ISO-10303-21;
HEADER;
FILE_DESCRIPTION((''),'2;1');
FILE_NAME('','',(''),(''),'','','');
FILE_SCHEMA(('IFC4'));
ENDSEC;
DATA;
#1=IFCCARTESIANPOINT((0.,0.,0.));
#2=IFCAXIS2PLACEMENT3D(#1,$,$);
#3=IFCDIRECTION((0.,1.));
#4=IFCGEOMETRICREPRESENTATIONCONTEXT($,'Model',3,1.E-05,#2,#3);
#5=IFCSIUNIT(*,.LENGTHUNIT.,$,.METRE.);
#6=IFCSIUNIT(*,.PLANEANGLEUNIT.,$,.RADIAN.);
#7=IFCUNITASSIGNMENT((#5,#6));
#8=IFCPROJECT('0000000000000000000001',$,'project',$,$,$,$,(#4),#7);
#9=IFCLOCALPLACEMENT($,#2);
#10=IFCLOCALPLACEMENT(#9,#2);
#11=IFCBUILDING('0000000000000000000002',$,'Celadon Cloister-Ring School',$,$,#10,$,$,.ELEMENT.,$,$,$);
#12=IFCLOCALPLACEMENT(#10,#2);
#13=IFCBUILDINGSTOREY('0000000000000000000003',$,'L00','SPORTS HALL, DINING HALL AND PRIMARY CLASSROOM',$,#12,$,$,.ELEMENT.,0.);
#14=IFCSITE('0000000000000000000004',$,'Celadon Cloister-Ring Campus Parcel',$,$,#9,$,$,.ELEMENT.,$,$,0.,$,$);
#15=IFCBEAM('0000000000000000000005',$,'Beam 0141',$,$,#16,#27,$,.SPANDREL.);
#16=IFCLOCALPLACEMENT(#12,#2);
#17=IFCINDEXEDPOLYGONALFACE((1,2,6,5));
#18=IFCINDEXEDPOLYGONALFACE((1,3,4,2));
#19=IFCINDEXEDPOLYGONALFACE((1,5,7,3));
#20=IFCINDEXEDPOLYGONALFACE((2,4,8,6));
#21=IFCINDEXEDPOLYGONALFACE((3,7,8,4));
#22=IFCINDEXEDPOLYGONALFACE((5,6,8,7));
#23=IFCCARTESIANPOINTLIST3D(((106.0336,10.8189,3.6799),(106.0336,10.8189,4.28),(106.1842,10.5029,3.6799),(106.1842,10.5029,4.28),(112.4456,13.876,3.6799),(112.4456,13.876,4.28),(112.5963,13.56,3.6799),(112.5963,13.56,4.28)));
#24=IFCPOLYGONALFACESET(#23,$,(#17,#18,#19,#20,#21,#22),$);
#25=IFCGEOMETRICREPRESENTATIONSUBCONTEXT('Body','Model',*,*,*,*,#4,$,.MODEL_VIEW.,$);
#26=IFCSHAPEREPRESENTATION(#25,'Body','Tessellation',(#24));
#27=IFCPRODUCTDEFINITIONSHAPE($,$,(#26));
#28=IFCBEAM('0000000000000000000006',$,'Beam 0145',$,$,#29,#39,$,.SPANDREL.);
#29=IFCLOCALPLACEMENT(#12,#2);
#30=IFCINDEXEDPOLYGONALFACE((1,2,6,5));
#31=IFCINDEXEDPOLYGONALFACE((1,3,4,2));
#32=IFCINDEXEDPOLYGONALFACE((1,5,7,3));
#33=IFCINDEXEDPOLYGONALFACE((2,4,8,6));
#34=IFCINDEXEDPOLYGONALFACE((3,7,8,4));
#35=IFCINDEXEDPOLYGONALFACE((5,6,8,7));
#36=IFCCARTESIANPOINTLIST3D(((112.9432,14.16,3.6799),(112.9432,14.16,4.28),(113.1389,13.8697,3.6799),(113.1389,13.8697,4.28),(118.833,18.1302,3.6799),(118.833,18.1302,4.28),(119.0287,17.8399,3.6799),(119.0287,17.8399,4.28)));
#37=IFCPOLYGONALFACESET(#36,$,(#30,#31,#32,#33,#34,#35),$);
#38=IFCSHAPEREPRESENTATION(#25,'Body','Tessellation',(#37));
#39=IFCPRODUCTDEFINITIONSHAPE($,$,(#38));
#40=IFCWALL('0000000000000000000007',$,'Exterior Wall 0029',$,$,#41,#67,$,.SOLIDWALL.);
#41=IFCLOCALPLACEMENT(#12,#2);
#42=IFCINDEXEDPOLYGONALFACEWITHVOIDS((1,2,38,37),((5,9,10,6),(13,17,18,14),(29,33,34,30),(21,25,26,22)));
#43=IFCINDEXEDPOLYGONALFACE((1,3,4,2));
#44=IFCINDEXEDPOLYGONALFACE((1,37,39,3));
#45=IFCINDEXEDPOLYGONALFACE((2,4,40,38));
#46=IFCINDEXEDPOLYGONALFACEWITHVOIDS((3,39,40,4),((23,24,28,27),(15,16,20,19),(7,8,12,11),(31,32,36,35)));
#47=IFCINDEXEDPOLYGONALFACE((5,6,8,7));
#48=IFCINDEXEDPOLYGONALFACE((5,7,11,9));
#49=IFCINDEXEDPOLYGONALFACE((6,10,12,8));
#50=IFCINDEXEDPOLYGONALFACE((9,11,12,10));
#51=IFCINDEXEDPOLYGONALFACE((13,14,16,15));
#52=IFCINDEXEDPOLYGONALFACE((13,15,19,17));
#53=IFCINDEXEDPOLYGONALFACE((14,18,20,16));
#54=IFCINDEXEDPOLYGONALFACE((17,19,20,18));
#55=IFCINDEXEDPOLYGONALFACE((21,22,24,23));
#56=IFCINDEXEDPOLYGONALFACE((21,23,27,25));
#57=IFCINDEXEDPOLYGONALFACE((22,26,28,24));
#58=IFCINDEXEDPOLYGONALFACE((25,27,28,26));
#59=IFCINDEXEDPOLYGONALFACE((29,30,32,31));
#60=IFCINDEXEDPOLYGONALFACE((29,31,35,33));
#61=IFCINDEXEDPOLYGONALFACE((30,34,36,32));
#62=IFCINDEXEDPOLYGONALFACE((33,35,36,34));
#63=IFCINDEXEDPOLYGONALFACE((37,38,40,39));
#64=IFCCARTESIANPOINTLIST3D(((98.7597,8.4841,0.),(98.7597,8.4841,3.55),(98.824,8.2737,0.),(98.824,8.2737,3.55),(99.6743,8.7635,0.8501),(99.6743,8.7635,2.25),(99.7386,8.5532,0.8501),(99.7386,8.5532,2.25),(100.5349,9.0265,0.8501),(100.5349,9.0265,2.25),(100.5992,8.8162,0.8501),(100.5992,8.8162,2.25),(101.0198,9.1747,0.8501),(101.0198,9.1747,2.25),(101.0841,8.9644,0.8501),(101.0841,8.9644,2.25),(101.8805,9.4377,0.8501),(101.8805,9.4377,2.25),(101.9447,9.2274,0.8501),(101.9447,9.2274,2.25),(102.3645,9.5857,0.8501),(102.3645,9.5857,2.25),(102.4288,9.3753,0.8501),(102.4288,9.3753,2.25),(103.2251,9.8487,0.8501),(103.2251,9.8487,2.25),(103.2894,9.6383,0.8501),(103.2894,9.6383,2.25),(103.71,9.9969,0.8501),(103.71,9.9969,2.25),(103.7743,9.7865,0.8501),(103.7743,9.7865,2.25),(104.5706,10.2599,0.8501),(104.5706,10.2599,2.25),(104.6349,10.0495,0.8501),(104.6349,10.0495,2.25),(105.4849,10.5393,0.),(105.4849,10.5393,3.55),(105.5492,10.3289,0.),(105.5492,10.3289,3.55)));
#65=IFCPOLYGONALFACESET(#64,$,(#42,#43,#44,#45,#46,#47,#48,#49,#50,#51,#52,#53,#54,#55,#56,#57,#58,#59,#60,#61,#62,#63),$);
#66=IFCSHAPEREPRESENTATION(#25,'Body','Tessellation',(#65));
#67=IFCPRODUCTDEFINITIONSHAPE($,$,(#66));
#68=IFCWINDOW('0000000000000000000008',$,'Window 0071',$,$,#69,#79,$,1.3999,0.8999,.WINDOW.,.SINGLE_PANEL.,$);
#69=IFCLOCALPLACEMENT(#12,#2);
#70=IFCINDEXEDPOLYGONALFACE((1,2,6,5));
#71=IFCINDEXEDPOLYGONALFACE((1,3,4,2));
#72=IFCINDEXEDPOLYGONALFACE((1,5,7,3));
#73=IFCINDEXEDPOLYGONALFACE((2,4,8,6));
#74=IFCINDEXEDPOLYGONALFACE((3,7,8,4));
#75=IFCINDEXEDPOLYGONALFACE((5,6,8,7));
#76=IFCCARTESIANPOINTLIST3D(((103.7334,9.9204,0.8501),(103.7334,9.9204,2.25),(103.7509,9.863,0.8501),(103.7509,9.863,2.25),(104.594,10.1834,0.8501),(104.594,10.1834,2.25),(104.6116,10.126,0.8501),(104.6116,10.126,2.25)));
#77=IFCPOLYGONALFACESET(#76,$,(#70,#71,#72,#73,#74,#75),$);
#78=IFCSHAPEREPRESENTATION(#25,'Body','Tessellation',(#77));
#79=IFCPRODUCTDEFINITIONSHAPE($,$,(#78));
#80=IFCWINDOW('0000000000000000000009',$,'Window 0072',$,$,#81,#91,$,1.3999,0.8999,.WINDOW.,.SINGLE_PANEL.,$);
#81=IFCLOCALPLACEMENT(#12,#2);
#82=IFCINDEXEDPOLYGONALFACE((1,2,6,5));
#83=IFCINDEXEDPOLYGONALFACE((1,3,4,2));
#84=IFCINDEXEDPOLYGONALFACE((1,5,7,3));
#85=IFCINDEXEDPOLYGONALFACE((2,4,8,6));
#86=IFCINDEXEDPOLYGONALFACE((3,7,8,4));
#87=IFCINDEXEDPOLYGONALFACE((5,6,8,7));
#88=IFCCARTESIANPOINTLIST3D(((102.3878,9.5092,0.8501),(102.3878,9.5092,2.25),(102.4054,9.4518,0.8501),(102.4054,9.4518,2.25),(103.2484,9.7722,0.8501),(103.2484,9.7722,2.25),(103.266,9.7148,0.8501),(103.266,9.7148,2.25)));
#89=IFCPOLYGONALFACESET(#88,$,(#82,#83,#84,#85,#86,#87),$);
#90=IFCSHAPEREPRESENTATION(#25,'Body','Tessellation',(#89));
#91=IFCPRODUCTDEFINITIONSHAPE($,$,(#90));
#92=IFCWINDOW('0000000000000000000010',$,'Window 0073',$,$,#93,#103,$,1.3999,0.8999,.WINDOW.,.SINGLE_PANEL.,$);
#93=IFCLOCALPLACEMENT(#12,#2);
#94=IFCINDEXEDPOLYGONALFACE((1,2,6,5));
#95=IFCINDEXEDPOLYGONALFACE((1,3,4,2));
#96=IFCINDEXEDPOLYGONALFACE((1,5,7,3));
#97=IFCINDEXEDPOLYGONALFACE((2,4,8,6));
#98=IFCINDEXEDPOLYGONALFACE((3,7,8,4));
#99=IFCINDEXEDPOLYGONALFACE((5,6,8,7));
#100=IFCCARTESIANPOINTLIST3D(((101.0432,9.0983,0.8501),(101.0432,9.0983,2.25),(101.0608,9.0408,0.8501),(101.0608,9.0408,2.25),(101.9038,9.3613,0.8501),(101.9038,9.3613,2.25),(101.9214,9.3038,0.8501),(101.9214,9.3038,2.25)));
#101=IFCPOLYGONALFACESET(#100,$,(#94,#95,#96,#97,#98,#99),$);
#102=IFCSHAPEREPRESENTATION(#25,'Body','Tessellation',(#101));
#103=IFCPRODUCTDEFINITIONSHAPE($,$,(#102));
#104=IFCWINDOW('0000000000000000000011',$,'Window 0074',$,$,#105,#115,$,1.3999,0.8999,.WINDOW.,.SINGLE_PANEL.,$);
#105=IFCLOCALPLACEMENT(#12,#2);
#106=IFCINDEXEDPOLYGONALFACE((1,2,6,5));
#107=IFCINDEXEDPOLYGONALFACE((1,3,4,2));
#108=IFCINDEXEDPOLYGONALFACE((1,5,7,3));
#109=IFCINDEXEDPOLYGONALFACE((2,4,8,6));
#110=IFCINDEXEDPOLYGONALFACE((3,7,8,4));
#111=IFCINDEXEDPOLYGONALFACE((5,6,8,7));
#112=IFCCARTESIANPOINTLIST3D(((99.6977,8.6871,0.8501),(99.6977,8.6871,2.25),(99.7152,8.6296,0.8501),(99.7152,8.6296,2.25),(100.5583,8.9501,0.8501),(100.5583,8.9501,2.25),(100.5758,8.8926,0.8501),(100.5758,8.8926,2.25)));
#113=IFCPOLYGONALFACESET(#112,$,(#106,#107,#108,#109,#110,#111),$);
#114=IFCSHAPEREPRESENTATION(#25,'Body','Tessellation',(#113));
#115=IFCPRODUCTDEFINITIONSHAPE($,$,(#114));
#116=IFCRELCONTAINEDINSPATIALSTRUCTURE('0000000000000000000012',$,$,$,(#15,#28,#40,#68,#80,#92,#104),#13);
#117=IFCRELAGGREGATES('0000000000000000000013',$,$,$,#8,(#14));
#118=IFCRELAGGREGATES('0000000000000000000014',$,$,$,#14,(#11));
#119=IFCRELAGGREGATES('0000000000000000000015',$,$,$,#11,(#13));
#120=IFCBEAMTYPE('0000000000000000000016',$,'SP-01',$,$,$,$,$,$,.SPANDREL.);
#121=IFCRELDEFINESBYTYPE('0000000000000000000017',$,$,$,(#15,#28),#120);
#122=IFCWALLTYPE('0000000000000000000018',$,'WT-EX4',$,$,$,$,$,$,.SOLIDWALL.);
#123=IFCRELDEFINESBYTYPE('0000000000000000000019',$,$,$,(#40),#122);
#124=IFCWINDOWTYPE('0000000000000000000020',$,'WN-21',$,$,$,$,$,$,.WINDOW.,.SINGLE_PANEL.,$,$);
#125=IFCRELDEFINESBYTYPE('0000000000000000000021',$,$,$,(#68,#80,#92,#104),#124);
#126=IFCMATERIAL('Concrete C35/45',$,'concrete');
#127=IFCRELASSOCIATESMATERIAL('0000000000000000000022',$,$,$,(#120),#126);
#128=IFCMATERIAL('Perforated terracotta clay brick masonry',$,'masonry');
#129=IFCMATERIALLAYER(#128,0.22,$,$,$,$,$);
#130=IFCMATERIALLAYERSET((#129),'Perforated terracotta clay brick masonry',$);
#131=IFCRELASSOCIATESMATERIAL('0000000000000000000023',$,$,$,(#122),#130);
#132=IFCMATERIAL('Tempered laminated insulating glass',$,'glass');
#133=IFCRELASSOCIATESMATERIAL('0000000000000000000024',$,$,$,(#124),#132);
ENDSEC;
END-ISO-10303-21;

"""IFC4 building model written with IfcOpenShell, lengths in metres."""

from ifc_helpers import new_model, si_unit, direction, frame, frame_2d, origin, origin_2d, place, context, subcontext, project, spatial, rectangle, extrude, material, layer, layer_set, material_profile, profile_set, type_object, element, fill, save


model = new_model("IFC4")

# Units and contexts
model_context = context("Model", 3, precision=1e-05, world=origin(), true_north=direction((0.0, 1.0)))
body_context = subcontext(model_context, "Body", "Model", "MODEL_VIEW")
ifc_project = project(units=[si_unit("LENGTHUNIT", "METRE"), si_unit("PLANEANGLEUNIT", "RADIAN")], contexts=[model_context])

# Site, building, storey
site_placement = place(None, origin())
site = spatial("IfcSite", under=ifc_project, at=site_placement, Name="Celadon Cloister-Ring Campus Parcel", CompositionType="ELEMENT", RefElevation=0.0)
building_placement = place(site_placement, origin())
building = spatial("IfcBuilding", under=site, at=building_placement, Name="Celadon Cloister-Ring School", CompositionType="ELEMENT")
storey_placement = place(building_placement, origin())
storey = spatial("IfcBuildingStorey", under=building, at=storey_placement, Name="L00", Description="SPORTS HALL, DINING HALL AND PRIMARY CLASSROOM", CompositionType="ELEMENT", Elevation=0.0)

# Beams
ifc_material_1 = material(Name="Concrete C35/45", Category="concrete")
ifc_material_profile_1 = material_profile(ifc_material_1, rectangle(XDim=0.3501, YDim=0.6001, at=origin_2d()), Name="RC350X600")
ifc_profile_set_1 = profile_set([ifc_material_profile_1], Name="Concrete C35/45")
beam_type_1 = type_object("IfcBeamType", Name="SP-01", PredefinedType="SPANDREL", material=ifc_profile_set_1)
beam_1_placement = place(storey_placement, frame((106.1089, 10.6609, 3.98), z_axis=(0.902656, 0.430363, 0.0), x_axis=(-0.430363, 0.902656, 0.0)))
element("IfcBeam", 1, at=beam_1_placement, inside=storey, type_object=beam_type_1, Name="Beam 0141", PredefinedType="SPANDREL", context=body_context, shape_type="SweptSolid", body=[
    extrude(rectangle(XDim=0.3501, YDim=0.6001, at=origin_2d()), origin(), (0.0, 0.0, 1.0), 7.1035),
])
beam_2_placement = place(storey_placement, frame((113.041, 14.0149, 3.98), z_axis=(0.829205, 0.558944, 0.0), x_axis=(-0.558944, 0.829205, 0.0)))
element("IfcBeam", 2, at=beam_2_placement, inside=storey, type_object=beam_type_1, Name="Beam 0145", PredefinedType="SPANDREL", context=body_context, shape_type="SweptSolid", body=[
    extrude(rectangle(XDim=0.3501, YDim=0.6001, at=origin_2d()), origin(), (0.0, 0.0, 1.0), 7.103),
])

# Wall, openings, windows
ifc_material_2 = material(Name="Perforated terracotta clay brick masonry", Category="masonry")
ifc_layer_1 = layer(ifc_material_2, 0.22)
ifc_layer_set_1 = layer_set([ifc_layer_1], Name="Perforated terracotta clay brick masonry")
wall_type = type_object("IfcWallType", Name="WT-EX4", PredefinedType="SOLIDWALL", material=ifc_layer_set_1)
wall_1_placement = place(storey_placement, frame((105.5171, 10.4341, 0.0), z_axis=(0.0, 0.0, 1.0), x_axis=(-0.95634, -0.292256, 0.0)))
wall_1 = element("IfcWall", 3, at=wall_1_placement, inside=storey, type_object=wall_type, Name="Exterior Wall 0029", PredefinedType="SOLIDWALL", context=body_context, shape_type="SweptSolid", body=[
    extrude(rectangle(XDim=7.0322, YDim=0.22, at=frame_2d((3.5161, 0.0))), origin(), (0.0, 0.0, 1.0), 3.55),
])
opening_1_placement = place(wall_1_placement, frame((0.9561, 0.0, 0.8501)))
opening_1 = element("IfcOpeningElement", 4, at=opening_1_placement, cuts=wall_1, PredefinedType="OPENING", context=body_context, shape_type="SweptSolid", body=[
    extrude(rectangle(XDim=0.8999, YDim=1.3999, at=frame_2d((0.45, 0.7))), frame((0.0, 0.1201, 0.0), z_axis=(0.0, -1.0, 0.0), x_axis=(1.0, 0.0, 0.0)), (0.0, 0.0, 1.0), 0.24),
])
opening_2_placement = place(wall_1_placement, frame((2.363, 0.0, 0.8501)))
opening_2 = element("IfcOpeningElement", 5, at=opening_2_placement, cuts=wall_1, PredefinedType="OPENING", context=body_context, shape_type="SweptSolid", body=[
    extrude(rectangle(XDim=0.8999, YDim=1.3999, at=frame_2d((0.45, 0.7))), frame((0.0, 0.1201, 0.0), z_axis=(0.0, -1.0, 0.0), x_axis=(1.0, 0.0, 0.0)), (0.0, 0.0, 1.0), 0.24),
])
opening_3_placement = place(wall_1_placement, frame((3.769, 0.0, 0.8501)))
opening_3 = element("IfcOpeningElement", 6, at=opening_3_placement, cuts=wall_1, PredefinedType="OPENING", context=body_context, shape_type="SweptSolid", body=[
    extrude(rectangle(XDim=0.8999, YDim=1.3999, at=frame_2d((0.45, 0.7))), frame((0.0, 0.1201, 0.0), z_axis=(0.0, -1.0, 0.0), x_axis=(1.0, 0.0, 0.0)), (0.0, 0.0, 1.0), 0.24),
])
opening_4_placement = place(wall_1_placement, frame((5.176, 0.0, 0.8501)))
opening_4 = element("IfcOpeningElement", 7, at=opening_4_placement, cuts=wall_1, PredefinedType="OPENING", context=body_context, shape_type="SweptSolid", body=[
    extrude(rectangle(XDim=0.8999, YDim=1.3999, at=frame_2d((0.45, 0.7))), frame((0.0, 0.1201, 0.0), z_axis=(0.0, -1.0, 0.0), x_axis=(1.0, 0.0, 0.0)), (0.0, 0.0, 1.0), 0.24),
])
ifc_material_3 = material(Name="Tempered laminated insulating glass", Category="glass")
window_type = type_object("IfcWindowType", Name="WN-21", PartitioningType="SINGLE_PANEL", PredefinedType="WINDOW", material=ifc_material_3)
window_1_placement = place(opening_1_placement, origin())
window_1 = element("IfcWindow", 8, at=window_1_placement, inside=storey, type_object=window_type, Name="Window 0071", OverallHeight=1.3999, OverallWidth=0.8999, PartitioningType="SINGLE_PANEL", PredefinedType="WINDOW", context=body_context, shape_type="SweptSolid", body=[
    extrude(rectangle(XDim=0.8999, YDim=1.3999, at=frame_2d((0.45, 0.7))), frame((0.0, 0.03, 0.0), z_axis=(0.0, -1.0, 0.0), x_axis=(1.0, 0.0, 0.0)), (0.0, 0.0, 1.0), 0.0601),
])
fill(opening_1, window_1)
window_2_placement = place(opening_2_placement, origin())
window_2 = element("IfcWindow", 9, at=window_2_placement, inside=storey, type_object=window_type, Name="Window 0072", OverallHeight=1.3999, OverallWidth=0.8999, PartitioningType="SINGLE_PANEL", PredefinedType="WINDOW", context=body_context, shape_type="SweptSolid", body=[
    extrude(rectangle(XDim=0.8999, YDim=1.3999, at=frame_2d((0.45, 0.7))), frame((0.0, 0.03, 0.0), z_axis=(0.0, -1.0, 0.0), x_axis=(1.0, 0.0, 0.0)), (0.0, 0.0, 1.0), 0.0601),
])
fill(opening_2, window_2)
window_3_placement = place(opening_3_placement, origin())
window_3 = element("IfcWindow", 10, at=window_3_placement, inside=storey, type_object=window_type, Name="Window 0073", OverallHeight=1.3999, OverallWidth=0.8999, PartitioningType="SINGLE_PANEL", PredefinedType="WINDOW", context=body_context, shape_type="SweptSolid", body=[
    extrude(rectangle(XDim=0.8999, YDim=1.3999, at=frame_2d((0.45, 0.7))), frame((0.0, 0.03, 0.0), z_axis=(0.0, -1.0, 0.0), x_axis=(1.0, 0.0, 0.0)), (0.0, 0.0, 1.0), 0.0601),
])
fill(opening_3, window_3)
window_4_placement = place(opening_4_placement, origin())
window_4 = element("IfcWindow", 11, at=window_4_placement, inside=storey, type_object=window_type, Name="Window 0074", OverallHeight=1.3999, OverallWidth=0.8999, PartitioningType="SINGLE_PANEL", PredefinedType="WINDOW", context=body_context, shape_type="SweptSolid", body=[
    extrude(rectangle(XDim=0.8999, YDim=1.3999, at=frame_2d((0.45, 0.7))), frame((0.0, 0.03, 0.0), z_axis=(0.0, -1.0, 0.0), x_axis=(1.0, 0.0, 0.0)), (0.0, 0.0, 1.0), 0.0601),
])
fill(opening_4, window_4)

save(model, "model.ifc")
